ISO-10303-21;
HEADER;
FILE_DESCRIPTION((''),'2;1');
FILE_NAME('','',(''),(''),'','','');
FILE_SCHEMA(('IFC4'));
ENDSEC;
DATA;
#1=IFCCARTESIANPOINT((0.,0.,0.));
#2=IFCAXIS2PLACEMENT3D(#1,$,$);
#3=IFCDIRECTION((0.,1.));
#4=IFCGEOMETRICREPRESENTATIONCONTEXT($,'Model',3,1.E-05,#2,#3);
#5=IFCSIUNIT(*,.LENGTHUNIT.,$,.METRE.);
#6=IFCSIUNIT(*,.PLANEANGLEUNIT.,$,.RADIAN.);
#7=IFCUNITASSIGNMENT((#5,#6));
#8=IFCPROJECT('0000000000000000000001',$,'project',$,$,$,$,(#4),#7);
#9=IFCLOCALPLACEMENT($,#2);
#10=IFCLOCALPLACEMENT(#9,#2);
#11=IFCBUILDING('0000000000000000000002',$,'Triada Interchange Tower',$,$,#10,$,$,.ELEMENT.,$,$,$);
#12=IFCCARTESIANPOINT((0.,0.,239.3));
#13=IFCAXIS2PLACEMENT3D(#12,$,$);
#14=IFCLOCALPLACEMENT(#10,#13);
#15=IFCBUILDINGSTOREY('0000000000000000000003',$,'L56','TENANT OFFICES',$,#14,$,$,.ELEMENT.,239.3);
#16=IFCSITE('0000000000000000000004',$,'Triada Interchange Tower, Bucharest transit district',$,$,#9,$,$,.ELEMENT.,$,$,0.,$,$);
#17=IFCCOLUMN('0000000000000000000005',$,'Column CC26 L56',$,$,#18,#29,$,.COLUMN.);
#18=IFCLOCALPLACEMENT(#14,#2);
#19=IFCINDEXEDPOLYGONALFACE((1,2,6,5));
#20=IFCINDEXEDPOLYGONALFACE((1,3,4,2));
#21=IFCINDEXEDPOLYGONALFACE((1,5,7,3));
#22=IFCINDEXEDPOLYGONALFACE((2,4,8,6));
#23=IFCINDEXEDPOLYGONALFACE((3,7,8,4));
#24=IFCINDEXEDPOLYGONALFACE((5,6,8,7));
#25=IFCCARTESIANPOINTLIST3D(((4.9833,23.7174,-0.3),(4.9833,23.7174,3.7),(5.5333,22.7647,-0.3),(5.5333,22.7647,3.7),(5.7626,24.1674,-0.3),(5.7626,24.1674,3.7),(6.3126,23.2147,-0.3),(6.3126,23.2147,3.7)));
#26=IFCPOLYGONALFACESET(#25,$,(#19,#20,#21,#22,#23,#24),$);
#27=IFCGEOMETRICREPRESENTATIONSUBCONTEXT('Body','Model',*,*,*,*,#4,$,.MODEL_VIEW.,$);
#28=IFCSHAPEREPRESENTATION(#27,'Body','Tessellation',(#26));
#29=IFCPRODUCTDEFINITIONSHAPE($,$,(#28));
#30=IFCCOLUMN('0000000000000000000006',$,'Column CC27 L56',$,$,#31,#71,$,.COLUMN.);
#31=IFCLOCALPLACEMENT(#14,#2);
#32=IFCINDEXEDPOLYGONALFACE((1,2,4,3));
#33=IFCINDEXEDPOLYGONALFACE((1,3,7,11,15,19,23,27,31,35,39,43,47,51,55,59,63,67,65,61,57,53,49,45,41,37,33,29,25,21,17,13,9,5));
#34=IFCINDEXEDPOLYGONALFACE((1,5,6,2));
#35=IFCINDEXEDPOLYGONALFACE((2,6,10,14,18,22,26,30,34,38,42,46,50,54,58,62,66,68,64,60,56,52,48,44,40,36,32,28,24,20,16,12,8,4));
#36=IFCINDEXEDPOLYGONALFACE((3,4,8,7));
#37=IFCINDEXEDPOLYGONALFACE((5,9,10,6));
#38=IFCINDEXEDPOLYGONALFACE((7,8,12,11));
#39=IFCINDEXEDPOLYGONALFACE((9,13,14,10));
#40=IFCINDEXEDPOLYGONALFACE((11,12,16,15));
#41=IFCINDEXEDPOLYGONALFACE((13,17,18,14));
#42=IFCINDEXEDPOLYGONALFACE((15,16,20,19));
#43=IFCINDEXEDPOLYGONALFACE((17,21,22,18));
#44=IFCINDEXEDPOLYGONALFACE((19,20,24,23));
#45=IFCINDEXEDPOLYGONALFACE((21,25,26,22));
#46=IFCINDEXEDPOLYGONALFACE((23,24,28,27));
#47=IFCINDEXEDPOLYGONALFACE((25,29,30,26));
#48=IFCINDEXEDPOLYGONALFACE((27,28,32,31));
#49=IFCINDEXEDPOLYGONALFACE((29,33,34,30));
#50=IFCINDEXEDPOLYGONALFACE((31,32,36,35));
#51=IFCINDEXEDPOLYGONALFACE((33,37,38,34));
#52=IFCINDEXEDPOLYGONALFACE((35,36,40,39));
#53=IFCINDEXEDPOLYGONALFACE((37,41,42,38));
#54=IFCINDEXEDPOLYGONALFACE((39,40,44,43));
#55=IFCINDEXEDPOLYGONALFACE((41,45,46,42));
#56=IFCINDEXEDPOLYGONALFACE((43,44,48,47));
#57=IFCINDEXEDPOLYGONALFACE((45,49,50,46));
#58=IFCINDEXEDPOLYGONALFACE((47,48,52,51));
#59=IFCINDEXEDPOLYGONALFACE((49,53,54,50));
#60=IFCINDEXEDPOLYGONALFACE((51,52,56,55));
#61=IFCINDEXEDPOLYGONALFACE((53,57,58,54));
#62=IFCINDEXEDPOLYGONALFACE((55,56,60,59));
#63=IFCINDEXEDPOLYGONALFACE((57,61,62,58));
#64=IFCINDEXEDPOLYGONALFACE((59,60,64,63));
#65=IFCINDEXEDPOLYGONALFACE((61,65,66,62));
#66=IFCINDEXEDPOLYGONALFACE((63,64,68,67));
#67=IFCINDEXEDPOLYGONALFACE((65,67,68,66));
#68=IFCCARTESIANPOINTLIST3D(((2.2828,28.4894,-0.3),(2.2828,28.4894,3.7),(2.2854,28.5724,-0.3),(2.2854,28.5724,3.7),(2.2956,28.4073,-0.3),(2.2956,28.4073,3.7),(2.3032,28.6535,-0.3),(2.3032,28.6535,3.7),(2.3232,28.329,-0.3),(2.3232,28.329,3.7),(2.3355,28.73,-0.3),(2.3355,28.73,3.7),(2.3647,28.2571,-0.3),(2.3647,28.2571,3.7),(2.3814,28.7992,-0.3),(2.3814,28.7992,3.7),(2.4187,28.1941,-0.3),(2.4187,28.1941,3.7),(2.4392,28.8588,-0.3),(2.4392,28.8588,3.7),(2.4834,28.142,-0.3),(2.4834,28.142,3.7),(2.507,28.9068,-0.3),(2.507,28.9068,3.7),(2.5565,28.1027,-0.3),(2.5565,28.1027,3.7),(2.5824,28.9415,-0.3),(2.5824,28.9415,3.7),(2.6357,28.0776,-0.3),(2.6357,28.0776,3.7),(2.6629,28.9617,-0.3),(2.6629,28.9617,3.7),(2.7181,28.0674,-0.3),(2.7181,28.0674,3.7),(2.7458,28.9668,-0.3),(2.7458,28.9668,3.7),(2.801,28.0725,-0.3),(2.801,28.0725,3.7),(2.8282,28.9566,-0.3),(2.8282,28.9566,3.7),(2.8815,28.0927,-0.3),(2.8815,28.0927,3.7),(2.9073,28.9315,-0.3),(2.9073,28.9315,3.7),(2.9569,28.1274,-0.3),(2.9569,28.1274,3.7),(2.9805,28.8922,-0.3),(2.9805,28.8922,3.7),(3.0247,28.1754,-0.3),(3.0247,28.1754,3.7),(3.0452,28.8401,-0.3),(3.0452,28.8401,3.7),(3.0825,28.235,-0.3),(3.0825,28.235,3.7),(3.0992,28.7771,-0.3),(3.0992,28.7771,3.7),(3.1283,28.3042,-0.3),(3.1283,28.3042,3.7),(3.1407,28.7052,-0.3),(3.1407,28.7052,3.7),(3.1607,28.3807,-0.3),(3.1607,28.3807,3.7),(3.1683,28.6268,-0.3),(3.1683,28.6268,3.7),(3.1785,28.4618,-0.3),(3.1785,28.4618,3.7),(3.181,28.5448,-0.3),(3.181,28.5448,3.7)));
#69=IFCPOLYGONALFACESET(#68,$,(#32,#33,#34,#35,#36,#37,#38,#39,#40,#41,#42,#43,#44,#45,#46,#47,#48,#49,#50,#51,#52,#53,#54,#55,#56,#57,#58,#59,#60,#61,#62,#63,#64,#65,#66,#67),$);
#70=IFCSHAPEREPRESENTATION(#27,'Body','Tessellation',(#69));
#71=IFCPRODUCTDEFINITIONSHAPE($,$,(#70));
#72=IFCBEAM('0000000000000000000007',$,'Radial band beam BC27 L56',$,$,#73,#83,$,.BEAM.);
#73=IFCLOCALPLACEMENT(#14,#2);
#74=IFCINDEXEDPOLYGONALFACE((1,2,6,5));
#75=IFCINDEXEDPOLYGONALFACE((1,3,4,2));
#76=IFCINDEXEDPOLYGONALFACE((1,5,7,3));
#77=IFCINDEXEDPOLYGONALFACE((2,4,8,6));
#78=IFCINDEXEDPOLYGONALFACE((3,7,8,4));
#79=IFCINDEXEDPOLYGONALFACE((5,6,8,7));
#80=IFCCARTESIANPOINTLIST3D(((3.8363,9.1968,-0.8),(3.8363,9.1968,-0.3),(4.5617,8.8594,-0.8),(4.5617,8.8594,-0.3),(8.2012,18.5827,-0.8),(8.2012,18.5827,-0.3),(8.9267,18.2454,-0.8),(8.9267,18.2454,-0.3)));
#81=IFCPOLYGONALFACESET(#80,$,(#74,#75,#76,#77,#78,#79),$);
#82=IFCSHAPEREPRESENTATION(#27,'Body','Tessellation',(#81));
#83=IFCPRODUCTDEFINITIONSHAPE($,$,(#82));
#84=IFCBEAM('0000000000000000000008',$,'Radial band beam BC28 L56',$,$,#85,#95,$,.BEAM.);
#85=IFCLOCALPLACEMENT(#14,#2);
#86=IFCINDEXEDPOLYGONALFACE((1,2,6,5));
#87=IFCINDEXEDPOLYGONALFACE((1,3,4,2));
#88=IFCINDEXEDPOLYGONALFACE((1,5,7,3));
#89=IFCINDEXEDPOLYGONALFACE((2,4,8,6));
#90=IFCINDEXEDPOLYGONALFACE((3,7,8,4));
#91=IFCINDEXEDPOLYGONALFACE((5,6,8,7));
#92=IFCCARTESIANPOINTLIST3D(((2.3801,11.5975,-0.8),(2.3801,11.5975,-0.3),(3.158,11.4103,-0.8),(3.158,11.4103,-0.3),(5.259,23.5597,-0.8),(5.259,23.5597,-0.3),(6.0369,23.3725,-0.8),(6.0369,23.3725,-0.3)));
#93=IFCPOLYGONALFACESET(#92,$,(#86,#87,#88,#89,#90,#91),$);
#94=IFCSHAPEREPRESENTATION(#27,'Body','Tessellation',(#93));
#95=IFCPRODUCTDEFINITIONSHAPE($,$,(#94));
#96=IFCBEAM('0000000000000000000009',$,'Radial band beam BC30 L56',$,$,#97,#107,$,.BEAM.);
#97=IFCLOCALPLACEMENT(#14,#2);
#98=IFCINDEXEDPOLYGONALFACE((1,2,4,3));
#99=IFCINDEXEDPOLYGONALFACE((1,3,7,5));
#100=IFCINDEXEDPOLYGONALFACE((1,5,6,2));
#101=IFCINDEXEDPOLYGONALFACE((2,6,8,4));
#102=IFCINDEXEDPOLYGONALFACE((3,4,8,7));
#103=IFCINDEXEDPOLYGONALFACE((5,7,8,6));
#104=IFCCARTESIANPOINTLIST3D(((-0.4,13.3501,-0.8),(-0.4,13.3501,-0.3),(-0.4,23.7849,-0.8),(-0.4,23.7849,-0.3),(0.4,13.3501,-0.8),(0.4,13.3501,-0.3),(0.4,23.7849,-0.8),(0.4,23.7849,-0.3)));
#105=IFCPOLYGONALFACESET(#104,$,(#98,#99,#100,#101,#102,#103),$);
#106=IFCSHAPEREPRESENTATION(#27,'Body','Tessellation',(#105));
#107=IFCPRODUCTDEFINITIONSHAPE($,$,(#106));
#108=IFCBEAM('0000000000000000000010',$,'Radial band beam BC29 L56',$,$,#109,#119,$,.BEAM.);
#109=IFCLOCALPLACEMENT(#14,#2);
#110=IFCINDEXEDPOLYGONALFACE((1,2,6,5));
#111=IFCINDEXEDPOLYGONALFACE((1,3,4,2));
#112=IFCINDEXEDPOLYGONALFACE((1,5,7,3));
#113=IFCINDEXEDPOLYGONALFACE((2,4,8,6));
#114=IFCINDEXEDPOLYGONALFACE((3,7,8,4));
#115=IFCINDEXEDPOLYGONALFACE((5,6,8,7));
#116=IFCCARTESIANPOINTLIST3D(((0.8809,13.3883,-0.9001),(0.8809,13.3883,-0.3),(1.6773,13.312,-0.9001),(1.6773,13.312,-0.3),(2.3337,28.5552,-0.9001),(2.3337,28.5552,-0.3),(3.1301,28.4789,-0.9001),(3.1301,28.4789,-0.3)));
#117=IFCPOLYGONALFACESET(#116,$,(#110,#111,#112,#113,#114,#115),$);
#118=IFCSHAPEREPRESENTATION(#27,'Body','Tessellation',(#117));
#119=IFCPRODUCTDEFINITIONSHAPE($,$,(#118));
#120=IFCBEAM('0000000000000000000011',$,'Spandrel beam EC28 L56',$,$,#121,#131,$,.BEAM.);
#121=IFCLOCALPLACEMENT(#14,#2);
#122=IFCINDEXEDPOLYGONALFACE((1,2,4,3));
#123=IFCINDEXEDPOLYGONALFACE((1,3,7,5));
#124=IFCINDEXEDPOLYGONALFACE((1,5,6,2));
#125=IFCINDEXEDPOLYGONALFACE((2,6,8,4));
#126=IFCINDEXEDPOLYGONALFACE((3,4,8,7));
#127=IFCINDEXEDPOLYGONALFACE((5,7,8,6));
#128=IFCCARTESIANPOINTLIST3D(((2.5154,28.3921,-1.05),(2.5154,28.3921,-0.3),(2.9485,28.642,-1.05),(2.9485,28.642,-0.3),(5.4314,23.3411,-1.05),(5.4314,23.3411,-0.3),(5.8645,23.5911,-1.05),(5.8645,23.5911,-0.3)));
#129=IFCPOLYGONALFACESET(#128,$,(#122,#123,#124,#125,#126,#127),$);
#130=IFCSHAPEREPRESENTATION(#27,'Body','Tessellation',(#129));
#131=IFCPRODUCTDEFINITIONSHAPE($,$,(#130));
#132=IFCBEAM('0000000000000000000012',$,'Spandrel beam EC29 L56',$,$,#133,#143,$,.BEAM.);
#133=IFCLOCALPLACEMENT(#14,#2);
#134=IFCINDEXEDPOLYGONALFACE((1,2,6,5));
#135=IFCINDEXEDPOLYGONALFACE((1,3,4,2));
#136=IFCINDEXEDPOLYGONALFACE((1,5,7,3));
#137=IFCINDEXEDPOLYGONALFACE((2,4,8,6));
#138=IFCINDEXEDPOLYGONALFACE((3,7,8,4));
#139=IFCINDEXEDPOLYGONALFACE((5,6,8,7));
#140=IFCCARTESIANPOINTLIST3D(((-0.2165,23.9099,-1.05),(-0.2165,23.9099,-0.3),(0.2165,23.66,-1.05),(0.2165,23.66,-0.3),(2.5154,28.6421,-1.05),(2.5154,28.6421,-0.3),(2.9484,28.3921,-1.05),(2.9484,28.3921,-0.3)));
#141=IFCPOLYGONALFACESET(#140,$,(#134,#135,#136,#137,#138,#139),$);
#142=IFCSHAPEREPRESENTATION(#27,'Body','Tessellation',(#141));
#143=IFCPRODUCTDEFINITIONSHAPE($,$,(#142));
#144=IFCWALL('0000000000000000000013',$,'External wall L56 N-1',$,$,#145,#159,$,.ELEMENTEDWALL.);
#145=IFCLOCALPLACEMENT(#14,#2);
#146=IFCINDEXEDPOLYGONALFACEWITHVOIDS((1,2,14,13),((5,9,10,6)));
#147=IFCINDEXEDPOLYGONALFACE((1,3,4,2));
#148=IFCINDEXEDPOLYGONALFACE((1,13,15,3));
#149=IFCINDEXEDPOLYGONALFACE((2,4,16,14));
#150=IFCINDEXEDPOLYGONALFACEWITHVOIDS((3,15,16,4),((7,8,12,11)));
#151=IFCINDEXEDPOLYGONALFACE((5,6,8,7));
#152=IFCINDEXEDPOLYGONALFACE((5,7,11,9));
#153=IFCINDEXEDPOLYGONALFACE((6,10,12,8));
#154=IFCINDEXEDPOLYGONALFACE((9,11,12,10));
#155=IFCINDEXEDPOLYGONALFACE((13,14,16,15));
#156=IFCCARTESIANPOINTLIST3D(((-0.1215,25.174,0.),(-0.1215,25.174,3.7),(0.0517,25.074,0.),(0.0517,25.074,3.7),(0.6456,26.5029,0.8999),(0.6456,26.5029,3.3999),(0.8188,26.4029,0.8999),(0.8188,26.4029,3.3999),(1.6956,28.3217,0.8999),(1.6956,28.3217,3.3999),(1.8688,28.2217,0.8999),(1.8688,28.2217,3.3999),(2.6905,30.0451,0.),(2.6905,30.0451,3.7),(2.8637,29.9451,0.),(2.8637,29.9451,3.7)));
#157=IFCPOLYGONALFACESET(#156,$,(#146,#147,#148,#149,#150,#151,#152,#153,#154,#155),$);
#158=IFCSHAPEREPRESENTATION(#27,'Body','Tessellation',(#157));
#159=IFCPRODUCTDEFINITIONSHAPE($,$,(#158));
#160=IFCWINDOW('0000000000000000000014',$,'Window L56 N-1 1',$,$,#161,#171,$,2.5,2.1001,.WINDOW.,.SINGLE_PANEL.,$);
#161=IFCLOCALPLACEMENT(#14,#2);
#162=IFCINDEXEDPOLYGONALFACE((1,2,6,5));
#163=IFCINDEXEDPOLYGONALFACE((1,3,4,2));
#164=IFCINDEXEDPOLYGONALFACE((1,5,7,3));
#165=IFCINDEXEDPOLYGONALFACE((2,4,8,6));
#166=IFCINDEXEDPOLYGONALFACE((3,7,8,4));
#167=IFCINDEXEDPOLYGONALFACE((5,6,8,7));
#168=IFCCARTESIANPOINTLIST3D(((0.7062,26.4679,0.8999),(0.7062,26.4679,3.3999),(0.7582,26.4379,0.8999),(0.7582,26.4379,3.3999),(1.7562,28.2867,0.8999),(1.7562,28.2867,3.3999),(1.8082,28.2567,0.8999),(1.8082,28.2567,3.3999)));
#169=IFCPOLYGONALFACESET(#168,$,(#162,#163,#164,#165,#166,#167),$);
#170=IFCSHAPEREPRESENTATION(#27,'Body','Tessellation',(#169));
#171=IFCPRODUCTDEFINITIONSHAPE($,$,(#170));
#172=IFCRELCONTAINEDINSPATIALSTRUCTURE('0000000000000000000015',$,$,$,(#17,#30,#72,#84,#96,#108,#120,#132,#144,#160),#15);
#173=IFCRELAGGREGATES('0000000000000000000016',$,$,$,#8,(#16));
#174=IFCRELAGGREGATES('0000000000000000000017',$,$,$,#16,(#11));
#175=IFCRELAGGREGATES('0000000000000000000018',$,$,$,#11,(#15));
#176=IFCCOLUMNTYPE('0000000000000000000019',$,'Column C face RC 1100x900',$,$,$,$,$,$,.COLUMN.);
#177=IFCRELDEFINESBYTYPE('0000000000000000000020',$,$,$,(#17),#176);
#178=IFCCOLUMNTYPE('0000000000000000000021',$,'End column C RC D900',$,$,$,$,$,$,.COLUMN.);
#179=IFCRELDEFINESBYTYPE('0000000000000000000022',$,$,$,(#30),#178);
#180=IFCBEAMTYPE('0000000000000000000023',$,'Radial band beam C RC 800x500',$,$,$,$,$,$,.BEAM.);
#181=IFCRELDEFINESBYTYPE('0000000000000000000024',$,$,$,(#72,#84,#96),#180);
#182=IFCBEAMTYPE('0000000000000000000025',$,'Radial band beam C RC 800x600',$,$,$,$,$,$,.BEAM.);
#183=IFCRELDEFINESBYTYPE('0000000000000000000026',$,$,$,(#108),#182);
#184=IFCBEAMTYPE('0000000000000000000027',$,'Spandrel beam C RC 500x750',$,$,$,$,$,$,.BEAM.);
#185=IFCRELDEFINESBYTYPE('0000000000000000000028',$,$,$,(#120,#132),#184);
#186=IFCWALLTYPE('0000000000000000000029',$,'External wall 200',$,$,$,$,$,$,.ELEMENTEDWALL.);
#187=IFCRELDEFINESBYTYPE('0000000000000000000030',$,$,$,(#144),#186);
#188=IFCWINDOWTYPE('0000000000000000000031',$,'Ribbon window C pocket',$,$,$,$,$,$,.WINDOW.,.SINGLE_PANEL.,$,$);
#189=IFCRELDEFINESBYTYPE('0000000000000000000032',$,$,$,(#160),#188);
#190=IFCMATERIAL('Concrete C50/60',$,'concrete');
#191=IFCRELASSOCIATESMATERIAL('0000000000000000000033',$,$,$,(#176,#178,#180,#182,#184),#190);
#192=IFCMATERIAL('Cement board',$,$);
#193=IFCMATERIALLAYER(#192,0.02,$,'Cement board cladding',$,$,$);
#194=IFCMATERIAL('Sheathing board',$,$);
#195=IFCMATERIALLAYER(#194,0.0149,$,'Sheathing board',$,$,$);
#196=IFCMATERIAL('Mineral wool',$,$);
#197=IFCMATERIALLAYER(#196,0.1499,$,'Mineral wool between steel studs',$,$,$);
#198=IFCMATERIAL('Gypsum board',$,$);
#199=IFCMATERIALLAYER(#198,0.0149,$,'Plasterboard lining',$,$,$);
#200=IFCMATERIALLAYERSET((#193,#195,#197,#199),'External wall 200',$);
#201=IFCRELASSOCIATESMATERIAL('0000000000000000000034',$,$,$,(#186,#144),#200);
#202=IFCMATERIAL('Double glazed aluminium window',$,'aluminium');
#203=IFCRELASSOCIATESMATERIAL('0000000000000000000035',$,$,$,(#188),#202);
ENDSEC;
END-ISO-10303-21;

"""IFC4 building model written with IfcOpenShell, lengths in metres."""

from ifc_helpers import new_model, si_unit, direction, frame, frame_2d, origin, origin_2d, place, context, subcontext, project, spatial, rectangle, circle, extrude, material, layer, layer_set, layer_usage, material_profile, profile_set, type_object, element, fill, save


model = new_model("IFC4")

# Units and contexts
model_context = context("Model", 3, precision=1e-05, world=origin(), true_north=direction((0.0, 1.0)))
body_context = subcontext(model_context, "Body", "Model", "MODEL_VIEW")
ifc_project = project(units=[si_unit("LENGTHUNIT", "METRE"), si_unit("PLANEANGLEUNIT", "RADIAN")], contexts=[model_context])

# Site, building, storey
site_placement = place(None, origin())
site = spatial("IfcSite", under=ifc_project, at=site_placement, Name="Triada Interchange Tower, Bucharest transit district", CompositionType="ELEMENT", RefElevation=0.0)
building_placement = place(site_placement, origin())
building = spatial("IfcBuilding", under=site, at=building_placement, Name="Triada Interchange Tower", CompositionType="ELEMENT")
storey_placement = place(building_placement, frame((0.0, 0.0, 239.3)))
storey = spatial("IfcBuildingStorey", under=building, at=storey_placement, Name="L56", Description="TENANT OFFICES", CompositionType="ELEMENT", Elevation=239.3)

# Columns
ifc_material_1 = material(Name="Concrete C50/60", Category="concrete")
ifc_material_profile_1 = material_profile(ifc_material_1, rectangle(XDim=1.1001, YDim=0.8999, at=origin_2d()), Name="RC 1100x900")
ifc_profile_set_1 = profile_set([ifc_material_profile_1], Name="Concrete C50/60")
column_type_1 = type_object("IfcColumnType", Name="Column C face RC 1100x900", PredefinedType="COLUMN", material=ifc_profile_set_1)
column_1_placement = place(storey_placement, frame((5.6479, 23.4661, -0.3), z_axis=(0.0, 0.0, 1.0), x_axis=(-0.5, 0.866025, 0.0)))
element("IfcColumn", 1, at=column_1_placement, inside=storey, type_object=column_type_1, Name="Column CC26 L56", PredefinedType="COLUMN", context=body_context, shape_type="SweptSolid", body=[
    extrude(rectangle(XDim=1.1001, YDim=0.8999, at=origin_2d()), origin(), (0.0, 0.0, 1.0), 4.0),
])
ifc_material_profile_2 = material_profile(ifc_material_1, circle(Radius=0.45, at=origin_2d()), Name="RC D900")
ifc_profile_set_2 = profile_set([ifc_material_profile_2], Name="Concrete C50/60")
column_type_2 = type_object("IfcColumnType", Name="End column C RC D900", PredefinedType="COLUMN", material=ifc_profile_set_2)
column_2_placement = place(storey_placement, frame((2.7319, 28.5171, -0.3), z_axis=(0.0, 0.0, 1.0), x_axis=(-0.5, 0.866025, 0.0)))
element("IfcColumn", 2, at=column_2_placement, inside=storey, type_object=column_type_2, Name="Column CC27 L56", PredefinedType="COLUMN", context=body_context, shape_type="SweptSolid", body=[
    extrude(circle(Radius=0.45, at=origin_2d()), origin(), (0.0, 0.0, 1.0), 4.0),
])

# Beams
ifc_material_profile_3 = material_profile(ifc_material_1, rectangle(XDim=0.8, YDim=0.5, at=origin_2d()), Name="RC 800x500")
ifc_profile_set_3 = profile_set([ifc_material_profile_3], Name="Concrete C50/60")
beam_type_1 = type_object("IfcBeamType", Name="Radial band beam C RC 800x500", PredefinedType="BEAM", material=ifc_profile_set_3)
beam_1_placement = place(storey_placement, frame((8.564, 18.4141, -0.55), z_axis=(-0.421684, -0.906743, 0.0), x_axis=(0.906743, -0.421684, 0.0)))
element("IfcBeam", 3, at=beam_1_placement, inside=storey, type_object=beam_type_1, Name="Radial band beam BC27 L56", PredefinedType="BEAM", context=body_context, shape_type="SweptSolid", body=[
    extrude(rectangle(XDim=0.8, YDim=0.5, at=origin_2d()), origin(), (0.0, 0.0, 1.0), 10.3513),
])
beam_2_placement = place(storey_placement, frame((5.6479, 23.4661, -0.55), z_axis=(-0.233987, -0.97224, 0.0), x_axis=(0.97224, -0.233987, 0.0)))
element("IfcBeam", 4, at=beam_2_placement, inside=storey, type_object=beam_type_1, Name="Radial band beam BC28 L56", PredefinedType="BEAM", context=body_context, shape_type="SweptSolid", body=[
    extrude(rectangle(XDim=0.8, YDim=0.5, at=origin_2d()), origin(), (0.0, 0.0, 1.0), 12.3037),
])
beam_3_placement = place(storey_placement, frame((0.0, 23.7849, -0.55), z_axis=(0.0, -1.0, 0.0), x_axis=(1.0, 0.0, 0.0)))
element("IfcBeam", 5, at=beam_3_placement, inside=storey, type_object=beam_type_1, Name="Radial band beam BC30 L56", PredefinedType="BEAM", context=body_context, shape_type="SweptSolid", body=[
    extrude(rectangle(XDim=0.8, YDim=0.5, at=origin_2d()), origin(), (0.0, 0.0, 1.0), 10.4348),
])
ifc_material_profile_4 = material_profile(ifc_material_1, rectangle(XDim=0.8, YDim=0.6001, at=origin_2d()), Name="RC 800x600")
ifc_profile_set_4 = profile_set([ifc_material_profile_4], Name="Concrete C50/60")
beam_type_2 = type_object("IfcBeamType", Name="Radial band beam C RC 800x600", PredefinedType="BEAM", material=ifc_profile_set_4)
beam_4_placement = place(storey_placement, frame((2.7319, 28.5171, -0.6001), z_axis=(-0.095356, -0.995443, 0.0), x_axis=(0.995443, -0.095356, 0.0)))
element("IfcBeam", 6, at=beam_4_placement, inside=storey, type_object=beam_type_2, Name="Radial band beam BC29 L56", PredefinedType="BEAM", context=body_context, shape_type="SweptSolid", body=[
    extrude(rectangle(XDim=0.8, YDim=0.6001, at=origin_2d()), origin(), (0.0, 0.0, 1.0), 15.2363),
])
ifc_material_profile_5 = material_profile(ifc_material_1, rectangle(XDim=0.5, YDim=0.75, at=origin_2d()), Name="RC 500x750")
ifc_profile_set_5 = profile_set([ifc_material_profile_5], Name="Concrete C50/60")
beam_type_3 = type_object("IfcBeamType", Name="Spandrel beam C RC 500x750", PredefinedType="BEAM", material=ifc_profile_set_5)
beam_5_placement = place(storey_placement, frame((5.6479, 23.4661, -0.675), z_axis=(-0.499975, 0.86604, 0.0), x_axis=(-0.86604, -0.499975, 0.0)))
element("IfcBeam", 7, at=beam_5_placement, inside=storey, type_object=beam_type_3, Name="Spandrel beam EC28 L56", PredefinedType="BEAM", context=body_context, shape_type="SweptSolid", body=[
    extrude(rectangle(XDim=0.5, YDim=0.75, at=origin_2d()), origin(), (0.0, 0.0, 1.0), 5.8323),
])
beam_6_placement = place(storey_placement, frame((2.7319, 28.5171, -0.675), z_axis=(-0.499974, -0.86604, 0.0), x_axis=(0.86604, -0.499974, 0.0)))
element("IfcBeam", 8, at=beam_6_placement, inside=storey, type_object=beam_type_3, Name="Spandrel beam EC29 L56", PredefinedType="BEAM", context=body_context, shape_type="SweptSolid", body=[
    extrude(rectangle(XDim=0.5, YDim=0.75, at=origin_2d()), origin(), (0.0, 0.0, 1.0), 5.4641),
])

# Wall, opening, window
ifc_material_2 = material(Name="Cement board")
ifc_layer_1 = layer(ifc_material_2, 0.02, Name="Cement board cladding")
ifc_material_3 = material(Name="Sheathing board")
ifc_layer_2 = layer(ifc_material_3, 0.0149, Name="Sheathing board")
ifc_material_4 = material(Name="Mineral wool")
ifc_layer_3 = layer(ifc_material_4, 0.1499, Name="Mineral wool between steel studs")
ifc_material_5 = material(Name="Gypsum board")
ifc_layer_4 = layer(ifc_material_5, 0.0149, Name="Plasterboard lining")
ifc_layer_set_1 = layer_set([ifc_layer_1, ifc_layer_2, ifc_layer_3, ifc_layer_4], Name="External wall 200")
ifc_layer_usage = layer_usage(ifc_layer_set_1, "AXIS2", "POSITIVE", -0.1001)
wall_type_1 = type_object("IfcWallType", Name="External wall 200", PredefinedType="ELEMENTEDWALL", material=ifc_layer_set_1)
wall_1_placement = place(storey_placement, frame((2.7771, 29.9951, 0.0), z_axis=(0.0, 0.0, 1.0), x_axis=(-0.499958, -0.86605, 0.0)))
wall_1 = element("IfcWall", 9, at=wall_1_placement, inside=storey, type_object=wall_type_1, material=ifc_layer_usage, Name="External wall L56 N-1", PredefinedType="ELEMENTEDWALL", context=body_context, shape_type="SweptSolid", body=[
    extrude(rectangle(XDim=5.6245, YDim=0.2, at=frame_2d((2.8123, 0.0))), origin(), (0.0, 0.0, 1.0), 3.7),
])
opening_1_placement = place(wall_1_placement, frame((1.99, 0.0, 0.8999)))
opening_1 = element("IfcOpeningElement", 10, at=opening_1_placement, cuts=wall_1, PredefinedType="OPENING", context=body_context, shape_type="SweptSolid", body=[
    extrude(rectangle(XDim=2.1001, YDim=2.5, at=frame_2d((1.05, 1.25))), frame((0.0, 0.1099, 0.0), z_axis=(0.0, -1.0, 0.0), x_axis=(1.0, 0.0, 0.0)), (0.0, 0.0, 1.0), 0.22),
])
ifc_material_6 = material(Name="Double glazed aluminium window", Category="aluminium")
window_type = type_object("IfcWindowType", Name="Ribbon window C pocket", PartitioningType="SINGLE_PANEL", PredefinedType="WINDOW", material=ifc_material_6)
window_1_placement = place(opening_1_placement, origin())
window_1 = element("IfcWindow", 11, at=window_1_placement, inside=storey, type_object=window_type, Name="Window L56 N-1 1", OverallHeight=2.5, OverallWidth=2.1001, PartitioningType="SINGLE_PANEL", PredefinedType="WINDOW", context=body_context, shape_type="SweptSolid", body=[
    extrude(rectangle(XDim=2.1001, YDim=2.5, at=frame_2d((1.05, 1.25))), frame((0.0, 0.03, 0.0), z_axis=(0.0, -1.0, 0.0), x_axis=(1.0, 0.0, 0.0)), (0.0, 0.0, 1.0), 0.0601),
])
fill(opening_1, window_1)

save(model, "model.ifc")
